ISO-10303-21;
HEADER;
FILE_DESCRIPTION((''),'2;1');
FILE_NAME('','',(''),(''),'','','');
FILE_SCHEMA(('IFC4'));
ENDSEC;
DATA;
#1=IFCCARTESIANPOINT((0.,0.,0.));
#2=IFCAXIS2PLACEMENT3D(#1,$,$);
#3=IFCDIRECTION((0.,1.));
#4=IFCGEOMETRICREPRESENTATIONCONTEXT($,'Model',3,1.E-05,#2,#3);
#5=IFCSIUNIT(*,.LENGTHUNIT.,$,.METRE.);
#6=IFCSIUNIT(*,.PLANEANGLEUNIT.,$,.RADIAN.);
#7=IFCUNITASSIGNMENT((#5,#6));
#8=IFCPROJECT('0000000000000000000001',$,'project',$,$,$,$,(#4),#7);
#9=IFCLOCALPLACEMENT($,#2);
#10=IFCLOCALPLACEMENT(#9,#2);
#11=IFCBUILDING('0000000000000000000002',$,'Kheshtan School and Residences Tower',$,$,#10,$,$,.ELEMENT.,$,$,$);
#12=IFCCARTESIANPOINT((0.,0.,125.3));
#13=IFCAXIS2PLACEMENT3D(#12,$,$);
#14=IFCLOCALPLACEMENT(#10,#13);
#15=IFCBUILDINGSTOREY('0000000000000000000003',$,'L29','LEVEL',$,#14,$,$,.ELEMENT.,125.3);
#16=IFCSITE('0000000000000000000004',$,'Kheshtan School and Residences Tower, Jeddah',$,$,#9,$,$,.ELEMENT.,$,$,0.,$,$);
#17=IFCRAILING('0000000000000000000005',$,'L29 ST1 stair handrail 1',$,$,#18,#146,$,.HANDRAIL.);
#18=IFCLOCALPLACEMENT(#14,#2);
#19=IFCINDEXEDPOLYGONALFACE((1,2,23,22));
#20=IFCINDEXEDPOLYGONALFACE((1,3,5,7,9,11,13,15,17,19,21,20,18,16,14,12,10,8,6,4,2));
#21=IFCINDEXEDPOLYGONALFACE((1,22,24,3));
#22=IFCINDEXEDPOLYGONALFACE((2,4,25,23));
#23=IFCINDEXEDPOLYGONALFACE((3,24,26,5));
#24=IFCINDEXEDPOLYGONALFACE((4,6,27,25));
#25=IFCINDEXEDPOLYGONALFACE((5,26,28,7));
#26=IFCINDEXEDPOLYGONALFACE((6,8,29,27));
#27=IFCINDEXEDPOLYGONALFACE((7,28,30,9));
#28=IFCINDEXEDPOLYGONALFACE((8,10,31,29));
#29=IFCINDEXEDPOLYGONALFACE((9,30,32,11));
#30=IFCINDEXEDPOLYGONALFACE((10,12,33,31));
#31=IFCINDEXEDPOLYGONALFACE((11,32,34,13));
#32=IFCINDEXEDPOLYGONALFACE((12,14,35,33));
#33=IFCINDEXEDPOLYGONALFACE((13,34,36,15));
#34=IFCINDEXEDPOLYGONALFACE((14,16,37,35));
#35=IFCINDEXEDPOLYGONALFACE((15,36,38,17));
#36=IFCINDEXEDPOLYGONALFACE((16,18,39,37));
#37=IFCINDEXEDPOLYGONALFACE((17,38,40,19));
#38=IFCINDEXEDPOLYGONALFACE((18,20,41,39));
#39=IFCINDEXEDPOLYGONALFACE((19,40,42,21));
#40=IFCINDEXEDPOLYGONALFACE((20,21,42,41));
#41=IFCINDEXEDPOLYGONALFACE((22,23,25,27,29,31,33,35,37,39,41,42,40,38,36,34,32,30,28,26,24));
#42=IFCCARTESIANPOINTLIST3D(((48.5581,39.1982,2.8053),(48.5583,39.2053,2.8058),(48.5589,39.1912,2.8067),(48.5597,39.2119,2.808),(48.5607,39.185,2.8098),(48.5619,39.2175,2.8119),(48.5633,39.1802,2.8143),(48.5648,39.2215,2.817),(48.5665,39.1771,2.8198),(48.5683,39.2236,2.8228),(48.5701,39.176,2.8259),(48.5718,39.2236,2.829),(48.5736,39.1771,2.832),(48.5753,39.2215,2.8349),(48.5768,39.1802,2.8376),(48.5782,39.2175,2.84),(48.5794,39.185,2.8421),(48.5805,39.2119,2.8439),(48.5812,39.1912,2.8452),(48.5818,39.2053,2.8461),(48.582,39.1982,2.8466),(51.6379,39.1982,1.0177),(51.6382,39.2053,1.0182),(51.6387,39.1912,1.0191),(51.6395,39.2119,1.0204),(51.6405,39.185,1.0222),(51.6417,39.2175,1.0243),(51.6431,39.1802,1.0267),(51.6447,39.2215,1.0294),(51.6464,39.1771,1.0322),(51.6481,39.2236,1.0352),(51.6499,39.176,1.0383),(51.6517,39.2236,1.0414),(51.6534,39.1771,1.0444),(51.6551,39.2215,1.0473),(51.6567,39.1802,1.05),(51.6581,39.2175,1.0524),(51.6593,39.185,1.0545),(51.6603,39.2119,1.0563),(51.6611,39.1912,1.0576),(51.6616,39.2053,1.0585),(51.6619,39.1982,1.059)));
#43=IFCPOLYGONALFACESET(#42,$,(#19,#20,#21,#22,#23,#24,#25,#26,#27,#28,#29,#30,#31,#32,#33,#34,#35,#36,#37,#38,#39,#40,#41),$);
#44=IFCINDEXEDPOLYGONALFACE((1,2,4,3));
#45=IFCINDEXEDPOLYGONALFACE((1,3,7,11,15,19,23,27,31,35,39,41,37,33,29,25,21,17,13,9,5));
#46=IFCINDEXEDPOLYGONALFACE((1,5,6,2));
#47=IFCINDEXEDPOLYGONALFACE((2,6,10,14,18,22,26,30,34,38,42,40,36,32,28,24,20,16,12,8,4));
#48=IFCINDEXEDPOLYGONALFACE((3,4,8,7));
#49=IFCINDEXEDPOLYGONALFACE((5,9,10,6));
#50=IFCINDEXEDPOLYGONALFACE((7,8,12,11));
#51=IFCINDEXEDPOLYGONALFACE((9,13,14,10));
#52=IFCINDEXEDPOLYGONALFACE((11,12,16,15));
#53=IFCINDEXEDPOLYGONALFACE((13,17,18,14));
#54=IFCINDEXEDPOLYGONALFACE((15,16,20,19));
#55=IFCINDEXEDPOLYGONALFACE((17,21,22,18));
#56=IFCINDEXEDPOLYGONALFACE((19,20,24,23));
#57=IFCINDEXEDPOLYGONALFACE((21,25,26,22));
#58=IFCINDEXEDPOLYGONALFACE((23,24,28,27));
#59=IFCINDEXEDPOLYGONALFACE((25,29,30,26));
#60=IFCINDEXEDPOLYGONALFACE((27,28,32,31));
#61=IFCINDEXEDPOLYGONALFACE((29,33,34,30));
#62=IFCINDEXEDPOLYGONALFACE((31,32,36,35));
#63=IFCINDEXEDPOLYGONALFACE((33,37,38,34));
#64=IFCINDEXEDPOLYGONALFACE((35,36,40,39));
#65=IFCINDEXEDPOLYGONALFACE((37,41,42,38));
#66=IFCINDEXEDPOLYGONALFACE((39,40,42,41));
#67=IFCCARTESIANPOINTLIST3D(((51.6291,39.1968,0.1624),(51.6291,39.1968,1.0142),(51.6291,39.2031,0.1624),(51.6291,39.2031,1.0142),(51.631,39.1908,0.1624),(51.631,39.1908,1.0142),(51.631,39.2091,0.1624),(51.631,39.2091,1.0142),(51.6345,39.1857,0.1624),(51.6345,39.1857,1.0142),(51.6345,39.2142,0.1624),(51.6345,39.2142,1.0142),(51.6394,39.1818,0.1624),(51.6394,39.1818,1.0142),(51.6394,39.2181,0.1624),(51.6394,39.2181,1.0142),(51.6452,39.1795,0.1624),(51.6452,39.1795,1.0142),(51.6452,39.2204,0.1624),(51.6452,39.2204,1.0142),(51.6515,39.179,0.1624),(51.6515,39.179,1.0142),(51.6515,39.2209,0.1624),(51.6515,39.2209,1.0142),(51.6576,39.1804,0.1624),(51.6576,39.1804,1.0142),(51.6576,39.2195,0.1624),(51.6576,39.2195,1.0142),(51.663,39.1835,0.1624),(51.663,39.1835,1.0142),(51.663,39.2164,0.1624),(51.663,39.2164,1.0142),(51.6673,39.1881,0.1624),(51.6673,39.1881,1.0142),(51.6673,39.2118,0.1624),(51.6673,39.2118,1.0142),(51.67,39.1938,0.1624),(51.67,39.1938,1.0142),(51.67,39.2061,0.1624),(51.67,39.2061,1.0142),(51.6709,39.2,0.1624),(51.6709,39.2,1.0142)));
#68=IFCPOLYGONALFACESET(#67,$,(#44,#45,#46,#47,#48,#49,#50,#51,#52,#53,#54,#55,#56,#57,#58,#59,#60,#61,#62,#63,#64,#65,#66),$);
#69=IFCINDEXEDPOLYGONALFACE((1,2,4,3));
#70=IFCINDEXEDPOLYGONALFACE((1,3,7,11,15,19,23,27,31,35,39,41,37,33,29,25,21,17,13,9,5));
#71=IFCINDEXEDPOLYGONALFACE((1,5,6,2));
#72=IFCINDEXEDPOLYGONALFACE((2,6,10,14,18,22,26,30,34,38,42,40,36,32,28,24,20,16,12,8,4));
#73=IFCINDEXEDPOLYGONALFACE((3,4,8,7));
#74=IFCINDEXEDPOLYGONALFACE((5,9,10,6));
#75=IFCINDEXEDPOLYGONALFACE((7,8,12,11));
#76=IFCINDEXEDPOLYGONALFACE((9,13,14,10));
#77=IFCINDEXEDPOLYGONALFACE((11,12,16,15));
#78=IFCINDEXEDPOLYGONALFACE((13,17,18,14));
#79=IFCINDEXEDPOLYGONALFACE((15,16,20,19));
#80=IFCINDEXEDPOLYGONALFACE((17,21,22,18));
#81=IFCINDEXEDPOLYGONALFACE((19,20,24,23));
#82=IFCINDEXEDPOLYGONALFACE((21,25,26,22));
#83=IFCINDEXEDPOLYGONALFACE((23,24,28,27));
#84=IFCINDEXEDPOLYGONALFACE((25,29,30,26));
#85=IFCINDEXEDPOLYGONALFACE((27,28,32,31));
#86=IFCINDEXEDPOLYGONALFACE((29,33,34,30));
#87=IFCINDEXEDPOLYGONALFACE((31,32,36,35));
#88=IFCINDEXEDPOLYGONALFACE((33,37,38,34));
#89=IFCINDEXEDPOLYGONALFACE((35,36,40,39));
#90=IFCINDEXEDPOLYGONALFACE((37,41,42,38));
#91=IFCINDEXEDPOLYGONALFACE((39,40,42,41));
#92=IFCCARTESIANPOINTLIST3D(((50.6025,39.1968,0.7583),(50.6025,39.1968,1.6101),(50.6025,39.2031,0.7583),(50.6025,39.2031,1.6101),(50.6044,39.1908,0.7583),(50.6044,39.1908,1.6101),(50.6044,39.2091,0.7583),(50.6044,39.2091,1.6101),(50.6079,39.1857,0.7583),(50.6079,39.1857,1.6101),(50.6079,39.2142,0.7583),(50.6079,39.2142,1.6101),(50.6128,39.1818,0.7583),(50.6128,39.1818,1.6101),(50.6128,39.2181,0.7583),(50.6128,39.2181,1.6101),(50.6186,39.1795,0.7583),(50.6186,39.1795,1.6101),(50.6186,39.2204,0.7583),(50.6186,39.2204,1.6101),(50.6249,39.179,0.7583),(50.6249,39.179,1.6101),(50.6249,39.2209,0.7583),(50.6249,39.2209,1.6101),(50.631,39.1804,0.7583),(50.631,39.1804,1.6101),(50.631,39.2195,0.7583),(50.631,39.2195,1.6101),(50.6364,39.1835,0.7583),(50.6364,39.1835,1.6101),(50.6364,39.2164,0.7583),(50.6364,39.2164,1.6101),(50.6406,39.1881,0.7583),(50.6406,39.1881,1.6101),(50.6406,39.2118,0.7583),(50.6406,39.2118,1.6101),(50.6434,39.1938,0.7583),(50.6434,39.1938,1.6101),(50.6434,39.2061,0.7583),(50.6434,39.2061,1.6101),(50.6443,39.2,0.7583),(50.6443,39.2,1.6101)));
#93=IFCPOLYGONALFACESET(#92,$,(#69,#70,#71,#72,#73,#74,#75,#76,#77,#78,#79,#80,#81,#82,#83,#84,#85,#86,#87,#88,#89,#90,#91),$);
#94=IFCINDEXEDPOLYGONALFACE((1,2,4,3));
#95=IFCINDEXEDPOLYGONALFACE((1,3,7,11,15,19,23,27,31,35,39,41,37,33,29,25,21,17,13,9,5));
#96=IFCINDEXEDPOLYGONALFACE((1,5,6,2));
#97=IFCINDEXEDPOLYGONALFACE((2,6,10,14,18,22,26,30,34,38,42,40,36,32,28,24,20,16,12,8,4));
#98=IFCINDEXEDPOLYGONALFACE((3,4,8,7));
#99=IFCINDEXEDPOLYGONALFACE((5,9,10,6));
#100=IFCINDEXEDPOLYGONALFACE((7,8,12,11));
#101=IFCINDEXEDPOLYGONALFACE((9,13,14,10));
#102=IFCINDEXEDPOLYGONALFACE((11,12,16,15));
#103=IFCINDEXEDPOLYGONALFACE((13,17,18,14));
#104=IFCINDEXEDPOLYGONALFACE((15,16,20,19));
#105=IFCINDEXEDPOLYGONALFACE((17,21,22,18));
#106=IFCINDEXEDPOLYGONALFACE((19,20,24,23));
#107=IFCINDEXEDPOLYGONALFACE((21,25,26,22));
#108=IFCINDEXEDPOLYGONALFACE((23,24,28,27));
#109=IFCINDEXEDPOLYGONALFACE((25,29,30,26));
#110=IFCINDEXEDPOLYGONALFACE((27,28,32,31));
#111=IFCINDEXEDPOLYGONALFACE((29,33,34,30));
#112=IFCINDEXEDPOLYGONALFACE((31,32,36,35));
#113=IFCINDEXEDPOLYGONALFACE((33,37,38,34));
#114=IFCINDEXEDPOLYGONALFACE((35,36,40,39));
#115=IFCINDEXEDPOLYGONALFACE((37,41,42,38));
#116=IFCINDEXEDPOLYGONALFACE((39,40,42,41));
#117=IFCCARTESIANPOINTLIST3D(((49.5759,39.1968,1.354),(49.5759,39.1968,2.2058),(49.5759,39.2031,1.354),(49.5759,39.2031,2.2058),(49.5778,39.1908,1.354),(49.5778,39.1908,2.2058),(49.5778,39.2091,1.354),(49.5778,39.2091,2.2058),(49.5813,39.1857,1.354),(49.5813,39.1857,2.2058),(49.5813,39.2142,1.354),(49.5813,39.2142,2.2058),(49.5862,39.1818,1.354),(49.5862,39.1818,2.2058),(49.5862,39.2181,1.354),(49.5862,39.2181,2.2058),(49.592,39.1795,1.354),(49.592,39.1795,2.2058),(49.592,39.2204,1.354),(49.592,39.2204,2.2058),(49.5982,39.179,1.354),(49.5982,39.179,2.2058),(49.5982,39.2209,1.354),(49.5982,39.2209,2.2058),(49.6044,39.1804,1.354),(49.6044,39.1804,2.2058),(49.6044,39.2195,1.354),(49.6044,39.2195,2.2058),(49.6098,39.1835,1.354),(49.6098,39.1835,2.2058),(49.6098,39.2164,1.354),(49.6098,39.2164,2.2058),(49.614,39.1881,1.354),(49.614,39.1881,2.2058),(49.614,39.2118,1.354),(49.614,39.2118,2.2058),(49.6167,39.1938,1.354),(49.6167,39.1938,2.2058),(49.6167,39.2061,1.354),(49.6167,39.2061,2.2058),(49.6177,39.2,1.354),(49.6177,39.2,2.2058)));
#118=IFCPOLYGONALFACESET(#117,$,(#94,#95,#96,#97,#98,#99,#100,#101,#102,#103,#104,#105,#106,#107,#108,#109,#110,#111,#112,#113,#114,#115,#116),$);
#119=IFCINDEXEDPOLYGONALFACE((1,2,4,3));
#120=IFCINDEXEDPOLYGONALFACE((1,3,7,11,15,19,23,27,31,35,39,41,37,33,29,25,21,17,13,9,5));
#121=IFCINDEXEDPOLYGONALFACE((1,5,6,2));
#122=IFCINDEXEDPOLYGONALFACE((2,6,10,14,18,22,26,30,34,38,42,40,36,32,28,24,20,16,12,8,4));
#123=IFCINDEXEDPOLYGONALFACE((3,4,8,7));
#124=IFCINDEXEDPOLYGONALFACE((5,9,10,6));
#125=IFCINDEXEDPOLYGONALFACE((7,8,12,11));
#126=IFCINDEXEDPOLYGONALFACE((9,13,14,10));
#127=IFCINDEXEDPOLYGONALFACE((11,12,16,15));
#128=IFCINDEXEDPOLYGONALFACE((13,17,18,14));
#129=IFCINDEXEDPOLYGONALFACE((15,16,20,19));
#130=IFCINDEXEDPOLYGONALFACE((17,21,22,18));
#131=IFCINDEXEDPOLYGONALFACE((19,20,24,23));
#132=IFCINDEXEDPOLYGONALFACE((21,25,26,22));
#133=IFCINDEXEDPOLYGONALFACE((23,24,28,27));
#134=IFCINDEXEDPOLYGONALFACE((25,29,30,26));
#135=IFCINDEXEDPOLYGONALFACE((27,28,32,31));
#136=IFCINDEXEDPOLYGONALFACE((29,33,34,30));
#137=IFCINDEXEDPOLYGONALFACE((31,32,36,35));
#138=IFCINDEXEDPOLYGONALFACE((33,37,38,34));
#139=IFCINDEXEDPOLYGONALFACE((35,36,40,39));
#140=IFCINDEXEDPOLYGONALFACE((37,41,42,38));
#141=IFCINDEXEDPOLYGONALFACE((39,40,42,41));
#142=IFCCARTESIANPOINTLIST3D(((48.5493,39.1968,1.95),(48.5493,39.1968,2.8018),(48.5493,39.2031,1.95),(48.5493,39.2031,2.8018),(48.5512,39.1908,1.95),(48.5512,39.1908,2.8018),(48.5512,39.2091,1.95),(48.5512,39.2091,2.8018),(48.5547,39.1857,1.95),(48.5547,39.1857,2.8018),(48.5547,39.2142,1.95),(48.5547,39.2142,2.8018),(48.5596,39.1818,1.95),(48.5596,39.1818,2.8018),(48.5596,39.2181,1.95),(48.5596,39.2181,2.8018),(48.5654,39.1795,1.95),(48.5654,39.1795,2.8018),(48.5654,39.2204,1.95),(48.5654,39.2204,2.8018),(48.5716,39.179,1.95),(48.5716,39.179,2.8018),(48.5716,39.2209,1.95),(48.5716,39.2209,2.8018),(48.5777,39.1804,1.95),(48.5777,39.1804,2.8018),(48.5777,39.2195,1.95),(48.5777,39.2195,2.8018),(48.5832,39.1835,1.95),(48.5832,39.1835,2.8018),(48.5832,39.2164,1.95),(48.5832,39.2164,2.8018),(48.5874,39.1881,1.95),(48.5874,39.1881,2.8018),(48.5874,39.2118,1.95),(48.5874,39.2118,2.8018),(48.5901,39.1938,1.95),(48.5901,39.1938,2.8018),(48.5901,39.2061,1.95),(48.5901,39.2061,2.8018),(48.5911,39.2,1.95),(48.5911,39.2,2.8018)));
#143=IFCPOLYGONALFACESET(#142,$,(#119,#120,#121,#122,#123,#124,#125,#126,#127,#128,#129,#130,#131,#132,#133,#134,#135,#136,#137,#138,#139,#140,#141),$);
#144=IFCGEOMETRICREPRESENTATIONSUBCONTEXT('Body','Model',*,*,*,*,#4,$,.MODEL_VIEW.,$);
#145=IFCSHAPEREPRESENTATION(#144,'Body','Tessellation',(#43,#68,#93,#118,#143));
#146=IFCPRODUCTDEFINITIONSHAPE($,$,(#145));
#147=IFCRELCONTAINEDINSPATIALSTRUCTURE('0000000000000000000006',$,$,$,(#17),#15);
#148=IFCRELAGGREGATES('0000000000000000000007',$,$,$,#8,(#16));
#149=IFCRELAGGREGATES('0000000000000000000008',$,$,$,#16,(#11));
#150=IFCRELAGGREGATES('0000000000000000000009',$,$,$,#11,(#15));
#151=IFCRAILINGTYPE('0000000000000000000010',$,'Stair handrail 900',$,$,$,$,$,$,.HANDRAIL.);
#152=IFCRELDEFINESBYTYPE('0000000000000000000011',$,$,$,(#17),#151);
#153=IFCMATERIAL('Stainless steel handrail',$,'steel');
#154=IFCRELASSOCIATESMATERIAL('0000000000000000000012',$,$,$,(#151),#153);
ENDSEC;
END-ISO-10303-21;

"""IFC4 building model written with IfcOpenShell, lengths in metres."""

from ifc_helpers import new_model, si_unit, direction, frame, origin, origin_2d, place, context, subcontext, project, spatial, circle, extrude, material, type_object, element, save


model = new_model("IFC4")

# Units and contexts
model_context = context("Model", 3, precision=1e-05, world=origin(), true_north=direction((0.0, 1.0)))
body_context = subcontext(model_context, "Body", "Model", "MODEL_VIEW")
ifc_project = project(units=[si_unit("LENGTHUNIT", "METRE"), si_unit("PLANEANGLEUNIT", "RADIAN")], contexts=[model_context])

# Site, building, storey
site_placement = place(None, origin())
site = spatial("IfcSite", under=ifc_project, at=site_placement, Name="Kheshtan School and Residences Tower, Jeddah", CompositionType="ELEMENT", RefElevation=0.0)
building_placement = place(site_placement, origin())
building = spatial("IfcBuilding", under=site, at=building_placement, Name="Kheshtan School and Residences Tower", CompositionType="ELEMENT")
storey_placement = place(building_placement, frame((0.0, 0.0, 125.3)))
storey = spatial("IfcBuildingStorey", under=building, at=storey_placement, Name="L29", Description="LEVEL", CompositionType="ELEMENT", Elevation=125.3)

# Railing
ifc_material_1 = material(Name="Stainless steel handrail", Category="steel")
railing_type_1 = type_object("IfcRailingType", Name="Stair handrail 900", PredefinedType="HANDRAIL", material=ifc_material_1)
railing_1_placement = place(storey_placement, frame((51.6499, 39.2, 0.1624)))
element("IfcRailing", 1, at=railing_1_placement, inside=storey, type_object=railing_type_1, Name="L29 ST1 stair handrail 1", PredefinedType="HANDRAIL", context=body_context, shape_type="SweptSolid", body=[
    extrude(circle(Radius=0.0239, at=origin_2d()), frame((0.0, 0.0, 0.876), z_axis=(-0.864873, 0.0, 0.50199), x_axis=(0.0, -1.0, 0.0)), (0.0, 0.0, 1.0), 3.561),
    extrude(circle(Radius=0.021, at=origin_2d()), origin(), (0.0, 0.0, 1.0), 0.8518),
    extrude(circle(Radius=0.021, at=origin_2d()), frame((-1.0266, 0.0, 0.5959)), (0.0, 0.0, 1.0), 0.8518),
    extrude(circle(Radius=0.021, at=origin_2d()), frame((-2.0532, 0.0, 1.1917)), (0.0, 0.0, 1.0), 0.8518),
    extrude(circle(Radius=0.021, at=origin_2d()), frame((-3.0798, 0.0, 1.7876)), (0.0, 0.0, 1.0), 0.8518),
])

save(model, "model.ifc")
